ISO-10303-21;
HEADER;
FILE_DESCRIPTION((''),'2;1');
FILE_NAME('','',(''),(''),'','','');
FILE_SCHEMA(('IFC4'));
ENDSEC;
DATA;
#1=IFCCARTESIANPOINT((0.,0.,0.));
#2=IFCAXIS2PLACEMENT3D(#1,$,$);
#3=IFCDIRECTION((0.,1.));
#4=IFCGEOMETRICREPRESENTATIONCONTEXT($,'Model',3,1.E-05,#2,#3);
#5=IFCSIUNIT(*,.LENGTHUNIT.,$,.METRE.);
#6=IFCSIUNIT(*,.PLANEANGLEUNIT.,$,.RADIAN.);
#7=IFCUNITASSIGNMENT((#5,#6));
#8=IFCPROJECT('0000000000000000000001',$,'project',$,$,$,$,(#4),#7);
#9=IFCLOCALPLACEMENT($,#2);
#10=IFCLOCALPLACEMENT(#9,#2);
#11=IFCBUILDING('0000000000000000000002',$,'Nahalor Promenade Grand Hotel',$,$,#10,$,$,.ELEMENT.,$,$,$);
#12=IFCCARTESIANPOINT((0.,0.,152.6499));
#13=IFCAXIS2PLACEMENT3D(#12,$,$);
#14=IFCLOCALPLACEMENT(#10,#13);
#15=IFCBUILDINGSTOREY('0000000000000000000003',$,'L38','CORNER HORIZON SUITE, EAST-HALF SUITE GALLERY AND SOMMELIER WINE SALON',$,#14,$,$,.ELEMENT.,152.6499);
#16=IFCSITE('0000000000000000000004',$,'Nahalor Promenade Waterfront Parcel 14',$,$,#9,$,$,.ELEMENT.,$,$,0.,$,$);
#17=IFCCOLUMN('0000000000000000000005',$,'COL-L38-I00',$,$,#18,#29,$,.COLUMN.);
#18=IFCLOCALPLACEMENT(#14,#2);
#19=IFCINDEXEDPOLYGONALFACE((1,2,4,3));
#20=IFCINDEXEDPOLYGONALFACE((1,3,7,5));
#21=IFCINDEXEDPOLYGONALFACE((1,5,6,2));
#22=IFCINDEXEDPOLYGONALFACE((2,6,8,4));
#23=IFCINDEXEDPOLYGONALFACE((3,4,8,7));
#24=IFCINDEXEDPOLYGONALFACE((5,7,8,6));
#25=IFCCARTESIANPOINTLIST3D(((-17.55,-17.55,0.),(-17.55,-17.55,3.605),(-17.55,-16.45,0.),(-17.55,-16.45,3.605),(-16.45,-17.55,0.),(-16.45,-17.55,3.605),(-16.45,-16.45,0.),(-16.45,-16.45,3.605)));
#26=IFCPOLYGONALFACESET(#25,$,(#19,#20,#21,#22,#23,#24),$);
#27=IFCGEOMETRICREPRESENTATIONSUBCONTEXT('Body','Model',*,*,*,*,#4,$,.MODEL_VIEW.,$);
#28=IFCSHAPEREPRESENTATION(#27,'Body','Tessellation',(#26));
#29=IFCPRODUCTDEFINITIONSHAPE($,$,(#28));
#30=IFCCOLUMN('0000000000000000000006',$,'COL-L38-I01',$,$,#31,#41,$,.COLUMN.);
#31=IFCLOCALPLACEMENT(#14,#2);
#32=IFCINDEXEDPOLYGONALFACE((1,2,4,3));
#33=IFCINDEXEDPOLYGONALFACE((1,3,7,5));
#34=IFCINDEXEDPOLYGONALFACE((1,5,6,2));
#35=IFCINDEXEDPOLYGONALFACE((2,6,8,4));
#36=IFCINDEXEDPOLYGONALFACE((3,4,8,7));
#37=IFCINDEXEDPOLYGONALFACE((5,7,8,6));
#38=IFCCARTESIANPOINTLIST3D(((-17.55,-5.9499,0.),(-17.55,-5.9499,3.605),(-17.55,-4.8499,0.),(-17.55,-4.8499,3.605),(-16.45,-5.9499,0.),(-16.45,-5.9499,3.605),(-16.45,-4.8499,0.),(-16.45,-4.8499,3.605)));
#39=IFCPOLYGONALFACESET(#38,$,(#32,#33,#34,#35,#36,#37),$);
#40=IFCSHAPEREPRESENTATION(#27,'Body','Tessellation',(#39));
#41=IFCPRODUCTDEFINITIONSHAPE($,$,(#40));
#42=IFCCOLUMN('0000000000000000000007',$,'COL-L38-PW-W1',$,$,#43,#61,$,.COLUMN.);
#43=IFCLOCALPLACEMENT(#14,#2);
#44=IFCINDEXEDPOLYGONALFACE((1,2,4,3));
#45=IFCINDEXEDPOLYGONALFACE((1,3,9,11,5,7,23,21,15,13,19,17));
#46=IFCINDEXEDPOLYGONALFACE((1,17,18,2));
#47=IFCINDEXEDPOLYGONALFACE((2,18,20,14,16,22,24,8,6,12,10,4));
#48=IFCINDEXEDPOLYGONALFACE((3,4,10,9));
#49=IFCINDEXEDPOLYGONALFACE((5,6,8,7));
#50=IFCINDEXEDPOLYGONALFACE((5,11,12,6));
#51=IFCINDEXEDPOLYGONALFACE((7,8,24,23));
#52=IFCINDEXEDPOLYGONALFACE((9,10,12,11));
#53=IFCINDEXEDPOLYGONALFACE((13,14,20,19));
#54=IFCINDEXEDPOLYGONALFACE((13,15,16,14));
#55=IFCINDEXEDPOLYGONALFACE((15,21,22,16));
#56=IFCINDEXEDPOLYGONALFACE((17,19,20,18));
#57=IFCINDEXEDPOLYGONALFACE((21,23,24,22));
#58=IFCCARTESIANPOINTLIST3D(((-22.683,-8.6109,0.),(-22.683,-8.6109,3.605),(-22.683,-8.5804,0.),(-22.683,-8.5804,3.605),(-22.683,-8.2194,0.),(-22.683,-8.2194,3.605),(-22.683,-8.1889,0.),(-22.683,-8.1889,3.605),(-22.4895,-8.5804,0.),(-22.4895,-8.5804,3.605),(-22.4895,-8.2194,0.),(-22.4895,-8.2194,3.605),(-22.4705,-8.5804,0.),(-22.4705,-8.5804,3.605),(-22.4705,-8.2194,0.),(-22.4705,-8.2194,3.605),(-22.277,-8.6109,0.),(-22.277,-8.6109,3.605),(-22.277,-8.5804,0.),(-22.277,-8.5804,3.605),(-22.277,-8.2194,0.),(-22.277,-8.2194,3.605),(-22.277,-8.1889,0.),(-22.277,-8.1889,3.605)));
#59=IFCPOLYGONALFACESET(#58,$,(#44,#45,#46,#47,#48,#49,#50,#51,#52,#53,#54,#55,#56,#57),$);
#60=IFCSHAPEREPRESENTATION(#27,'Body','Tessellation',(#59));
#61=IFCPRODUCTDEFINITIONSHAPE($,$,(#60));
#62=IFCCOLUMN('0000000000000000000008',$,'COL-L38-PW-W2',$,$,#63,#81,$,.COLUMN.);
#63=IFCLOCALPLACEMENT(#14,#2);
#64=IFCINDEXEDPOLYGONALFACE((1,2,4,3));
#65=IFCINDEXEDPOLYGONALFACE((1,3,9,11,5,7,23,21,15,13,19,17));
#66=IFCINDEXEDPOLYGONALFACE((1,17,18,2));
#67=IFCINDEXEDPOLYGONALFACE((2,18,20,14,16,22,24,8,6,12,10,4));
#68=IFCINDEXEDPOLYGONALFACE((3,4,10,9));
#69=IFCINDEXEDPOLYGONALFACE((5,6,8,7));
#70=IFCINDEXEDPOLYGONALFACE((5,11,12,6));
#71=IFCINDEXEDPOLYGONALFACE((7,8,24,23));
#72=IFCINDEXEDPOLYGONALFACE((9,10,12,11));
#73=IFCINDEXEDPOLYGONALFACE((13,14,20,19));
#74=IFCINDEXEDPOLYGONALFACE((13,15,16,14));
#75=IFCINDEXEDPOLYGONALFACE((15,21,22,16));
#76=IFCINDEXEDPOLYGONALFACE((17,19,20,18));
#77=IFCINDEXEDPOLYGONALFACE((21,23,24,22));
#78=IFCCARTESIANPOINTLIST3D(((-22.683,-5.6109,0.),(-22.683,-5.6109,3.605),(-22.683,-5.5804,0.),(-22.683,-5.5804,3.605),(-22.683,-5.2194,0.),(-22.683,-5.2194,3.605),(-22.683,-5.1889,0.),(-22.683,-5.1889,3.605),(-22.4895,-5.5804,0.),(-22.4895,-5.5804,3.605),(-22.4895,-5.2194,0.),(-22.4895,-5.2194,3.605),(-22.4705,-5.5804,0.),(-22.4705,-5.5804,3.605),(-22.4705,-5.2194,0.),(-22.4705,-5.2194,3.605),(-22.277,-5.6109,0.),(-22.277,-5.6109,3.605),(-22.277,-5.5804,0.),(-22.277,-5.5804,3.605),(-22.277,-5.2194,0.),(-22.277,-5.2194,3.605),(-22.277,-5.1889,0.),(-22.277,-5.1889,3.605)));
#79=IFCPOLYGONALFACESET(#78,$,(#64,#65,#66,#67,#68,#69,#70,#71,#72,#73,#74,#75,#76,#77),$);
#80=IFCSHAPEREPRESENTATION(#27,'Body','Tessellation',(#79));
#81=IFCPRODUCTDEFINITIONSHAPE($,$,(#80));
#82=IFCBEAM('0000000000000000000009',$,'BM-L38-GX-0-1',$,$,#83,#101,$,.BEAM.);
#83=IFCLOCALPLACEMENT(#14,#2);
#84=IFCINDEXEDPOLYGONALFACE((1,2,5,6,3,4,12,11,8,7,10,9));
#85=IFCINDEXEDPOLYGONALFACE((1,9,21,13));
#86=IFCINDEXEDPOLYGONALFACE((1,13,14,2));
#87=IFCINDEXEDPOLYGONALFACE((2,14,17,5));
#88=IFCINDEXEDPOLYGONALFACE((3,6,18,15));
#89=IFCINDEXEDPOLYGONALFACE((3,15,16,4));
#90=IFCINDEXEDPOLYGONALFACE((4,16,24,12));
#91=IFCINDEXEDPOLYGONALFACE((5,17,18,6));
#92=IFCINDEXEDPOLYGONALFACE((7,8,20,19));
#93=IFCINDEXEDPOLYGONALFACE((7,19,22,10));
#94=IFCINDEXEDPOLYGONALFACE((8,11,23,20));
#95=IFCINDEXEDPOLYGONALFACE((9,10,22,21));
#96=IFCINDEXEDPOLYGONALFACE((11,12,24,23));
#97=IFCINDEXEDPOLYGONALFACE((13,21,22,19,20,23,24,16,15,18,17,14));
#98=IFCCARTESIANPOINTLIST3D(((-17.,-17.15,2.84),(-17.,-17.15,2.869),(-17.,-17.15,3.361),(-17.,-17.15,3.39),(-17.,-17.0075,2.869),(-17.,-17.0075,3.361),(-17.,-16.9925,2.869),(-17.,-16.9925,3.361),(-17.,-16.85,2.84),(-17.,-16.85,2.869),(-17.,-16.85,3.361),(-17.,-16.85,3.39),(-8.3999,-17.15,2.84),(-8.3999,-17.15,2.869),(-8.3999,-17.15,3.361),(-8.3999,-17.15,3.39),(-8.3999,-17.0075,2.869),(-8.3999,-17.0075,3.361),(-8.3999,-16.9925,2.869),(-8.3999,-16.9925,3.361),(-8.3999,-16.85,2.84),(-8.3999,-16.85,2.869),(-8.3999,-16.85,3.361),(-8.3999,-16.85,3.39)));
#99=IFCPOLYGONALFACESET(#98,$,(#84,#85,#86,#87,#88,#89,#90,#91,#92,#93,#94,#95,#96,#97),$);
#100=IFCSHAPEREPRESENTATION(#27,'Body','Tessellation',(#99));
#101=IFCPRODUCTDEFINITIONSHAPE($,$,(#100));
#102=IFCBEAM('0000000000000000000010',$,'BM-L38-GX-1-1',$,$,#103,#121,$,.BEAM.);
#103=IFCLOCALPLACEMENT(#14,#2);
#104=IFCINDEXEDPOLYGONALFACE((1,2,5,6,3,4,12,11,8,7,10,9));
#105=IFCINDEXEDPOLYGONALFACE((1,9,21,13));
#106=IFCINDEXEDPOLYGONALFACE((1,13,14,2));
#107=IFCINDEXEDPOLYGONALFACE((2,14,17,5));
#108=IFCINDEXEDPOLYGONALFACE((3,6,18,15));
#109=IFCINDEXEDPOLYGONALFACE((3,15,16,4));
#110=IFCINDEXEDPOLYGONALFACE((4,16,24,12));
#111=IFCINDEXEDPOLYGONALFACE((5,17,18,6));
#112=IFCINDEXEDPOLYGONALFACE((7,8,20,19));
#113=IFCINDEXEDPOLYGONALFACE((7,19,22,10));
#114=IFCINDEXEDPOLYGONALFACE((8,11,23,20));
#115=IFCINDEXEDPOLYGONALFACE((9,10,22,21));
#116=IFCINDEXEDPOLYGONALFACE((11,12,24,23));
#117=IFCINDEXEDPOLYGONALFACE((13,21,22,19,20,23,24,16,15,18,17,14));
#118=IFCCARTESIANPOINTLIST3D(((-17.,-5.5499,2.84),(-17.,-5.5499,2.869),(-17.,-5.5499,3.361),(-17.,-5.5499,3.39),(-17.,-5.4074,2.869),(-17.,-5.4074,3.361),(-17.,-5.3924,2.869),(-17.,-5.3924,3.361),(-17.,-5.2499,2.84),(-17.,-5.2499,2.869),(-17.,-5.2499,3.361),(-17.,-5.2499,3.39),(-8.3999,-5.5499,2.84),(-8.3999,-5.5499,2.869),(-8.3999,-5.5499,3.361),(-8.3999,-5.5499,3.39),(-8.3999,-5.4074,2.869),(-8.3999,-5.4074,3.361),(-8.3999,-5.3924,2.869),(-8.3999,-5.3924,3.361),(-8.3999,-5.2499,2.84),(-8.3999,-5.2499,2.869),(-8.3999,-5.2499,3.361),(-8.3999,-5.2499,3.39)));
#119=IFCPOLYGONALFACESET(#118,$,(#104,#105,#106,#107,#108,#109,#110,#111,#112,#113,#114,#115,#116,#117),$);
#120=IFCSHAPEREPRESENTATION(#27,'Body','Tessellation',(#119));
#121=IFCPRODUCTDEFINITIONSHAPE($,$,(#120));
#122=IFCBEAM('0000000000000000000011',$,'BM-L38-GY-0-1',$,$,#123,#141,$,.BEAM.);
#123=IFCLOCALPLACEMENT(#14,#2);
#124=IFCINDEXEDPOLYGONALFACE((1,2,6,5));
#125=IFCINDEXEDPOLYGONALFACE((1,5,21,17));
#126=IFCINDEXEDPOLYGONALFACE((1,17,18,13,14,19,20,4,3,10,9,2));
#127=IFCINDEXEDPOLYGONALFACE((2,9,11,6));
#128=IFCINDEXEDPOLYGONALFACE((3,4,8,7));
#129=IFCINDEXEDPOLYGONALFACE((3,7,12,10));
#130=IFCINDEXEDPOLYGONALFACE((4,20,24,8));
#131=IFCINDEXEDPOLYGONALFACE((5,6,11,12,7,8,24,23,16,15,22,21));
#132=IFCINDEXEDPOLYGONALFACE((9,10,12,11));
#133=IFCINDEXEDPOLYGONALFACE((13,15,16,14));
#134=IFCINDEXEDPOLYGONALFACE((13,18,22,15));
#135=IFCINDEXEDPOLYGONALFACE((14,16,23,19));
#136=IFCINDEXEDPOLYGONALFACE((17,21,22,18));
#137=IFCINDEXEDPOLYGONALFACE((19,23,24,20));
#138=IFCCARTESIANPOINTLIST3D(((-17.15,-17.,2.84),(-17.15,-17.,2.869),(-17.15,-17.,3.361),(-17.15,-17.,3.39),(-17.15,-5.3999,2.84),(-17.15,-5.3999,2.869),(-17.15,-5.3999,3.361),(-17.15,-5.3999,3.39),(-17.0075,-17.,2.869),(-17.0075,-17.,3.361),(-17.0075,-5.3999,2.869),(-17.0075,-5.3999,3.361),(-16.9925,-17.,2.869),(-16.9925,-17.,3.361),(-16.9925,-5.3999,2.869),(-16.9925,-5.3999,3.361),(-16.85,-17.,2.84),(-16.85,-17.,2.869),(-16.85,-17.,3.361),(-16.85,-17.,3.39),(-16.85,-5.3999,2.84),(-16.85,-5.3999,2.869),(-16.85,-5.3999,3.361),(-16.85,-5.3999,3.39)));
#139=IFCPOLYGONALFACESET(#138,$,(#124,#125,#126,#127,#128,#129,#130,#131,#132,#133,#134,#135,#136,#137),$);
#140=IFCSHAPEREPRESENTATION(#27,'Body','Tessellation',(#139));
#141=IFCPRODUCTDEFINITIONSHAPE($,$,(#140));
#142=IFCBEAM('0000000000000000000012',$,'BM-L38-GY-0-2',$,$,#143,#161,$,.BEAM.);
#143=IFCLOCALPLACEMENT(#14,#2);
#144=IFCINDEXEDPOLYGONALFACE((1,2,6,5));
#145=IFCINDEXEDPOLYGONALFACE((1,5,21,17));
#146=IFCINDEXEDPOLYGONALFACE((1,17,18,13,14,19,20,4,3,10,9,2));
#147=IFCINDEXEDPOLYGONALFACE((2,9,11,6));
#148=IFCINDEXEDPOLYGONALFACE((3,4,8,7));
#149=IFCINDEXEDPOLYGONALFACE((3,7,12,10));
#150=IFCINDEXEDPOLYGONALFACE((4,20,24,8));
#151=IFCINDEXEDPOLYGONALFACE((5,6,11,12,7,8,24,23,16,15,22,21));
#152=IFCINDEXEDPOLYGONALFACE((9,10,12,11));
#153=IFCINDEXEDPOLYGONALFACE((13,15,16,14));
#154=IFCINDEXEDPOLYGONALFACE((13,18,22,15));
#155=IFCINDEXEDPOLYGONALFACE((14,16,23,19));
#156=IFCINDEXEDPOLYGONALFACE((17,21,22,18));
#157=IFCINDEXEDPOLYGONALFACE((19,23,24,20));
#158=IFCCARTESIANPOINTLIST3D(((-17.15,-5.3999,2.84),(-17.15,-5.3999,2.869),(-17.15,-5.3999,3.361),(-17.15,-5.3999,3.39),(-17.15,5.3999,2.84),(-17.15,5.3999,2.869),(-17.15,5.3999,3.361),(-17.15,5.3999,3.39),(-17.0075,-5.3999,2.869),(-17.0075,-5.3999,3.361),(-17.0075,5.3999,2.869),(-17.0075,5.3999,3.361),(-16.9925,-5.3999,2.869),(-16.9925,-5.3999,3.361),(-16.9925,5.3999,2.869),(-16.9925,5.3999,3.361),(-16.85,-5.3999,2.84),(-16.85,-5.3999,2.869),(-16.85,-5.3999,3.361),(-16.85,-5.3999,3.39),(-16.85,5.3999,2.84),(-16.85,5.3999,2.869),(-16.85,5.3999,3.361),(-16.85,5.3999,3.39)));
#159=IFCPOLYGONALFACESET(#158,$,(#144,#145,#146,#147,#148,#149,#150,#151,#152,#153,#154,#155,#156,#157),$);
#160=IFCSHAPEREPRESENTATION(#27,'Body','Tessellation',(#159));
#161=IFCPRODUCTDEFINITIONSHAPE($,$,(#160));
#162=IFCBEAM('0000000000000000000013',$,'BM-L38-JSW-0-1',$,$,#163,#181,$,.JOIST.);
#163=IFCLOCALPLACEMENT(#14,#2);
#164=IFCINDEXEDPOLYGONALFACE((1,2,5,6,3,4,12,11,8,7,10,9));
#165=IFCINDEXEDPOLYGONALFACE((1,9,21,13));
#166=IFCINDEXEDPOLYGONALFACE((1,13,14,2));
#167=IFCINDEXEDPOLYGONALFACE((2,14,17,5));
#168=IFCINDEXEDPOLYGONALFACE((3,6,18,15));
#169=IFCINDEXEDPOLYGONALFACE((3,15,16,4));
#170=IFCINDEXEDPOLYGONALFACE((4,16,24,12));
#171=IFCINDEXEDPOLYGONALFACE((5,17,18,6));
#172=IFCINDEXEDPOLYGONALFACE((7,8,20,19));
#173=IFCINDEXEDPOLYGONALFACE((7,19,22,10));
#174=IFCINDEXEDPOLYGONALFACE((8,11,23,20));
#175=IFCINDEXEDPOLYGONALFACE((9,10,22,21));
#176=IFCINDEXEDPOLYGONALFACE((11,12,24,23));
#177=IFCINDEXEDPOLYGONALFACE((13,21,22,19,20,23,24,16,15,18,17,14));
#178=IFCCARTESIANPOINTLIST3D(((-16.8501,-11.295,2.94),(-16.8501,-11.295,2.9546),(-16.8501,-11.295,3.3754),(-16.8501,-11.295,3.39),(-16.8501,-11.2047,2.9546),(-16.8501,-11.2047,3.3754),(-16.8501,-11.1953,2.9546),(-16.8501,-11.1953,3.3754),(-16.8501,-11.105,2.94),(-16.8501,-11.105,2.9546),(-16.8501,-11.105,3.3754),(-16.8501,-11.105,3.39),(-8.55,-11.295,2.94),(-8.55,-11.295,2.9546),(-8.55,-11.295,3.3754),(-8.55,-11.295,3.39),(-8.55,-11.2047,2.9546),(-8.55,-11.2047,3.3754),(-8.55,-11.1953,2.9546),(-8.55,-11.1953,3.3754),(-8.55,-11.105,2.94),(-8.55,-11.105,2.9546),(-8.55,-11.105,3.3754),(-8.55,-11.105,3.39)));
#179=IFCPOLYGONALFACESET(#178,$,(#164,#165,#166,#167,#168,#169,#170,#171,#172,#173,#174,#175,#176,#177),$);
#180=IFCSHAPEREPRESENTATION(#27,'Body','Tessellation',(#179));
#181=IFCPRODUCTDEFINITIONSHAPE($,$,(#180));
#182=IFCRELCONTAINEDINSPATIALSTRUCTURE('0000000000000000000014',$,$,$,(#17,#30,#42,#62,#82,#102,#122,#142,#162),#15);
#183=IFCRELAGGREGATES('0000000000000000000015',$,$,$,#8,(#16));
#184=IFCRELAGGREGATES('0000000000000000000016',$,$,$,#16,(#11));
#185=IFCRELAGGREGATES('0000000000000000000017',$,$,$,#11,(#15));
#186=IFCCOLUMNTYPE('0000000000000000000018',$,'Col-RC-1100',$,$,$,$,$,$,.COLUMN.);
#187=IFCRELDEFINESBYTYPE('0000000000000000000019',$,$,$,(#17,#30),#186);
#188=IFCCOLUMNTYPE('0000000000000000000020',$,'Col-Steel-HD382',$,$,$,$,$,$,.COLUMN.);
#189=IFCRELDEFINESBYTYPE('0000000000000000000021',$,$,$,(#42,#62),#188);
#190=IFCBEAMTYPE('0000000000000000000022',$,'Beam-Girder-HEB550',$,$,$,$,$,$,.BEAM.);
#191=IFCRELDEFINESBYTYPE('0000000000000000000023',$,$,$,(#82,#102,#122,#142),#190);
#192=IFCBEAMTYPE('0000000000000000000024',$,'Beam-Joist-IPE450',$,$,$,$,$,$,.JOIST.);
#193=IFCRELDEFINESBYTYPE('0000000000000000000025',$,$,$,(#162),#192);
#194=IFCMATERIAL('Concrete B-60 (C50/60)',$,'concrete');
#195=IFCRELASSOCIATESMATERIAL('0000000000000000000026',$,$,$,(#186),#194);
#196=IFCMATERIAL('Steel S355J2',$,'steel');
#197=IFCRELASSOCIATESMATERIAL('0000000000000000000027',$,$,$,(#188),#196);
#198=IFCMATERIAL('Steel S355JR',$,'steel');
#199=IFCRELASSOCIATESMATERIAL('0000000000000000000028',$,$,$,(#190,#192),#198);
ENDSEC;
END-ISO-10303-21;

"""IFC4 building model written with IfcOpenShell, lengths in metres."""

from ifc_helpers import new_model, si_unit, direction, frame, origin, origin_2d, place, context, subcontext, project, spatial, rectangle, i_section, extrude, source, transform, mapped, material, material_profile, profile_set, type_object, element, save


model = new_model("IFC4")

# Units and contexts
model_context = context("Model", 3, precision=1e-05, world=origin(), true_north=direction((0.0, 1.0)))
body_context = subcontext(model_context, "Body", "Model", "MODEL_VIEW")
ifc_project = project(units=[si_unit("LENGTHUNIT", "METRE"), si_unit("PLANEANGLEUNIT", "RADIAN")], contexts=[model_context])

# Site, building, storey
site_placement = place(None, origin())
site = spatial("IfcSite", under=ifc_project, at=site_placement, Name="Nahalor Promenade Waterfront Parcel 14", CompositionType="ELEMENT", RefElevation=0.0)
building_placement = place(site_placement, origin())
building = spatial("IfcBuilding", under=site, at=building_placement, Name="Nahalor Promenade Grand Hotel", CompositionType="ELEMENT")
storey_placement = place(building_placement, frame((0.0, 0.0, 152.6499)))
storey = spatial("IfcBuildingStorey", under=building, at=storey_placement, Name="L38", Description="CORNER HORIZON SUITE, EAST-HALF SUITE GALLERY AND SOMMELIER WINE SALON", CompositionType="ELEMENT", Elevation=152.6499)

# Columns
ifc_material_1 = material(Name="Concrete B-60 (C50/60)", Category="concrete")
ifc_material_profile_1 = material_profile(ifc_material_1, rectangle(XDim=1.1, YDim=1.1, at=origin_2d()), Name="RC 1100x1100")
ifc_profile_set_1 = profile_set([ifc_material_profile_1], Name="Concrete B-60 (C50/60)")
column_type_1 = type_object("IfcColumnType", Name="Col-RC-1100", PredefinedType="COLUMN", material=ifc_profile_set_1)
shared_shape_1 = source(origin(), body_context, "Body", "SweptSolid", [
    extrude(rectangle(XDim=1.1, YDim=1.1, at=origin_2d()), origin(), (0.0, 0.0, 1.0), 3.605),
])
for number, where, z_axis, x_axis, name in (
    (1, (-17.0, -17.0, 0.0), (0.0, 0.0, 1.0), (1.0, 0.0, 0.0), "COL-L38-I00"),
    (2, (-17.0, -5.3999, 0.0), (0.0, 0.0, 1.0), (1.0, 0.0, 0.0), "COL-L38-I01"),
):
    element("IfcColumn", number, at=place(storey_placement, frame(where, z_axis=z_axis, x_axis=x_axis)), inside=storey, type_object=column_type_1, Name=name, PredefinedType="COLUMN", context=body_context, shape_type="MappedRepresentation", body=[
        mapped(shared_shape_1, transform((0.0, 0.0, 0.0), scale=1.0)),
    ])
ifc_material_2 = material(Name="Steel S355J2", Category="steel")
ifc_material_profile_2 = material_profile(ifc_material_2, i_section(OverallWidth=0.406, OverallDepth=0.422, WebThickness=0.019, FlangeThickness=0.0305, at=origin_2d()), Name="HD 400x382")
ifc_profile_set_2 = profile_set([ifc_material_profile_2], Name="Steel S355J2")
column_type_2 = type_object("IfcColumnType", Name="Col-Steel-HD382", PredefinedType="COLUMN", material=ifc_profile_set_2)
shared_shape_2 = source(origin(), body_context, "Body", "SweptSolid", [
    extrude(i_section(OverallWidth=0.406, OverallDepth=0.422, WebThickness=0.019, FlangeThickness=0.0305, at=origin_2d()), origin(), (0.0, 0.0, 1.0), 3.605),
])
for number, where, z_axis, x_axis, name in (
    (3, (-22.48, -8.3999, 0.0), (0.0, 0.0, 1.0), (1.0, 0.0, 0.0), "COL-L38-PW-W1"),
    (4, (-22.48, -5.3999, 0.0), (0.0, 0.0, 1.0), (1.0, 0.0, 0.0), "COL-L38-PW-W2"),
):
    element("IfcColumn", number, at=place(storey_placement, frame(where, z_axis=z_axis, x_axis=x_axis)), inside=storey, type_object=column_type_2, Name=name, PredefinedType="COLUMN", context=body_context, shape_type="MappedRepresentation", body=[
        mapped(shared_shape_2, transform((0.0, 0.0, 0.0), scale=1.0)),
    ])

# Beams
ifc_material_3 = material(Name="Steel S355JR", Category="steel")
ifc_material_profile_3 = material_profile(ifc_material_3, i_section(OverallWidth=0.3, OverallDepth=0.55, WebThickness=0.015, FlangeThickness=0.029, at=origin_2d()), Name="HEB 550")
ifc_profile_set_3 = profile_set([ifc_material_profile_3], Name="Steel S355JR")
beam_type_1 = type_object("IfcBeamType", Name="Beam-Girder-HEB550", PredefinedType="BEAM", material=ifc_profile_set_3)
shared_shape_3 = source(origin(), body_context, "Body", "SweptSolid", [
    extrude(i_section(OverallWidth=0.3, OverallDepth=0.55, WebThickness=0.015, FlangeThickness=0.029, at=origin_2d()), origin(), (0.0, 0.0, 1.0), 8.6001),
])
for number, where, z_axis, x_axis, name in (
    (5, (-17.0, -17.0, 3.115), (1.0, 0.0, 0.0), (0.0, 1.0, 0.0), "BM-L38-GX-0-1"),
    (6, (-17.0, -5.3999, 3.115), (1.0, 0.0, 0.0), (0.0, 1.0, 0.0), "BM-L38-GX-1-1"),
):
    element("IfcBeam", number, at=place(storey_placement, frame(where, z_axis=z_axis, x_axis=x_axis)), inside=storey, type_object=beam_type_1, Name=name, PredefinedType="BEAM", context=body_context, shape_type="MappedRepresentation", body=[
        mapped(shared_shape_3, transform((0.0, 0.0, 0.0), scale=1.0)),
    ])
shared_shape_4 = source(origin(), body_context, "Body", "SweptSolid", [
    extrude(i_section(OverallWidth=0.3, OverallDepth=0.55, WebThickness=0.015, FlangeThickness=0.029, at=origin_2d()), origin(), (0.0, 0.0, 1.0), 11.6001),
])
beam_1_placement = place(storey_placement, frame((-17.0, -17.0, 3.115), z_axis=(0.0, 1.0, 0.0), x_axis=(-1.0, 0.0, 0.0)))
element("IfcBeam", 7, at=beam_1_placement, inside=storey, type_object=beam_type_1, Name="BM-L38-GY-0-1", PredefinedType="BEAM", context=body_context, shape_type="MappedRepresentation", body=[
    mapped(shared_shape_4, transform((0.0, 0.0, 0.0), scale=1.0)),
])
shared_shape_5 = source(origin(), body_context, "Body", "SweptSolid", [
    extrude(i_section(OverallWidth=0.3, OverallDepth=0.55, WebThickness=0.015, FlangeThickness=0.029, at=origin_2d()), origin(), (0.0, 0.0, 1.0), 10.7998),
])
beam_2_placement = place(storey_placement, frame((-17.0, -5.3999, 3.115), z_axis=(0.0, 1.0, 0.0), x_axis=(-1.0, 0.0, 0.0)))
element("IfcBeam", 8, at=beam_2_placement, inside=storey, type_object=beam_type_1, Name="BM-L38-GY-0-2", PredefinedType="BEAM", context=body_context, shape_type="MappedRepresentation", body=[
    mapped(shared_shape_5, transform((0.0, 0.0, 0.0), scale=1.0)),
])
ifc_material_profile_4 = material_profile(ifc_material_3, i_section(OverallWidth=0.19, OverallDepth=0.45, WebThickness=0.0094, FlangeThickness=0.0146, at=origin_2d()), Name="IPE 450")
ifc_profile_set_4 = profile_set([ifc_material_profile_4], Name="Steel S355JR")
beam_type_2 = type_object("IfcBeamType", Name="Beam-Joist-IPE450", PredefinedType="JOIST", material=ifc_profile_set_4)
shared_shape_6 = source(origin(), body_context, "Body", "SweptSolid", [
    extrude(i_section(OverallWidth=0.19, OverallDepth=0.45, WebThickness=0.0094, FlangeThickness=0.0146, at=origin_2d()), origin(), (0.0, 0.0, 1.0), 8.3),
])
beam_3_placement = place(storey_placement, frame((-16.8501, -11.2, 3.165), z_axis=(1.0, 0.0, 0.0), x_axis=(0.0, 1.0, 0.0)))
element("IfcBeam", 9, at=beam_3_placement, inside=storey, type_object=beam_type_2, Name="BM-L38-JSW-0-1", PredefinedType="JOIST", context=body_context, shape_type="MappedRepresentation", body=[
    mapped(shared_shape_6, transform((0.0, 0.0, 0.0), scale=1.0)),
])

save(model, "model.ifc")
